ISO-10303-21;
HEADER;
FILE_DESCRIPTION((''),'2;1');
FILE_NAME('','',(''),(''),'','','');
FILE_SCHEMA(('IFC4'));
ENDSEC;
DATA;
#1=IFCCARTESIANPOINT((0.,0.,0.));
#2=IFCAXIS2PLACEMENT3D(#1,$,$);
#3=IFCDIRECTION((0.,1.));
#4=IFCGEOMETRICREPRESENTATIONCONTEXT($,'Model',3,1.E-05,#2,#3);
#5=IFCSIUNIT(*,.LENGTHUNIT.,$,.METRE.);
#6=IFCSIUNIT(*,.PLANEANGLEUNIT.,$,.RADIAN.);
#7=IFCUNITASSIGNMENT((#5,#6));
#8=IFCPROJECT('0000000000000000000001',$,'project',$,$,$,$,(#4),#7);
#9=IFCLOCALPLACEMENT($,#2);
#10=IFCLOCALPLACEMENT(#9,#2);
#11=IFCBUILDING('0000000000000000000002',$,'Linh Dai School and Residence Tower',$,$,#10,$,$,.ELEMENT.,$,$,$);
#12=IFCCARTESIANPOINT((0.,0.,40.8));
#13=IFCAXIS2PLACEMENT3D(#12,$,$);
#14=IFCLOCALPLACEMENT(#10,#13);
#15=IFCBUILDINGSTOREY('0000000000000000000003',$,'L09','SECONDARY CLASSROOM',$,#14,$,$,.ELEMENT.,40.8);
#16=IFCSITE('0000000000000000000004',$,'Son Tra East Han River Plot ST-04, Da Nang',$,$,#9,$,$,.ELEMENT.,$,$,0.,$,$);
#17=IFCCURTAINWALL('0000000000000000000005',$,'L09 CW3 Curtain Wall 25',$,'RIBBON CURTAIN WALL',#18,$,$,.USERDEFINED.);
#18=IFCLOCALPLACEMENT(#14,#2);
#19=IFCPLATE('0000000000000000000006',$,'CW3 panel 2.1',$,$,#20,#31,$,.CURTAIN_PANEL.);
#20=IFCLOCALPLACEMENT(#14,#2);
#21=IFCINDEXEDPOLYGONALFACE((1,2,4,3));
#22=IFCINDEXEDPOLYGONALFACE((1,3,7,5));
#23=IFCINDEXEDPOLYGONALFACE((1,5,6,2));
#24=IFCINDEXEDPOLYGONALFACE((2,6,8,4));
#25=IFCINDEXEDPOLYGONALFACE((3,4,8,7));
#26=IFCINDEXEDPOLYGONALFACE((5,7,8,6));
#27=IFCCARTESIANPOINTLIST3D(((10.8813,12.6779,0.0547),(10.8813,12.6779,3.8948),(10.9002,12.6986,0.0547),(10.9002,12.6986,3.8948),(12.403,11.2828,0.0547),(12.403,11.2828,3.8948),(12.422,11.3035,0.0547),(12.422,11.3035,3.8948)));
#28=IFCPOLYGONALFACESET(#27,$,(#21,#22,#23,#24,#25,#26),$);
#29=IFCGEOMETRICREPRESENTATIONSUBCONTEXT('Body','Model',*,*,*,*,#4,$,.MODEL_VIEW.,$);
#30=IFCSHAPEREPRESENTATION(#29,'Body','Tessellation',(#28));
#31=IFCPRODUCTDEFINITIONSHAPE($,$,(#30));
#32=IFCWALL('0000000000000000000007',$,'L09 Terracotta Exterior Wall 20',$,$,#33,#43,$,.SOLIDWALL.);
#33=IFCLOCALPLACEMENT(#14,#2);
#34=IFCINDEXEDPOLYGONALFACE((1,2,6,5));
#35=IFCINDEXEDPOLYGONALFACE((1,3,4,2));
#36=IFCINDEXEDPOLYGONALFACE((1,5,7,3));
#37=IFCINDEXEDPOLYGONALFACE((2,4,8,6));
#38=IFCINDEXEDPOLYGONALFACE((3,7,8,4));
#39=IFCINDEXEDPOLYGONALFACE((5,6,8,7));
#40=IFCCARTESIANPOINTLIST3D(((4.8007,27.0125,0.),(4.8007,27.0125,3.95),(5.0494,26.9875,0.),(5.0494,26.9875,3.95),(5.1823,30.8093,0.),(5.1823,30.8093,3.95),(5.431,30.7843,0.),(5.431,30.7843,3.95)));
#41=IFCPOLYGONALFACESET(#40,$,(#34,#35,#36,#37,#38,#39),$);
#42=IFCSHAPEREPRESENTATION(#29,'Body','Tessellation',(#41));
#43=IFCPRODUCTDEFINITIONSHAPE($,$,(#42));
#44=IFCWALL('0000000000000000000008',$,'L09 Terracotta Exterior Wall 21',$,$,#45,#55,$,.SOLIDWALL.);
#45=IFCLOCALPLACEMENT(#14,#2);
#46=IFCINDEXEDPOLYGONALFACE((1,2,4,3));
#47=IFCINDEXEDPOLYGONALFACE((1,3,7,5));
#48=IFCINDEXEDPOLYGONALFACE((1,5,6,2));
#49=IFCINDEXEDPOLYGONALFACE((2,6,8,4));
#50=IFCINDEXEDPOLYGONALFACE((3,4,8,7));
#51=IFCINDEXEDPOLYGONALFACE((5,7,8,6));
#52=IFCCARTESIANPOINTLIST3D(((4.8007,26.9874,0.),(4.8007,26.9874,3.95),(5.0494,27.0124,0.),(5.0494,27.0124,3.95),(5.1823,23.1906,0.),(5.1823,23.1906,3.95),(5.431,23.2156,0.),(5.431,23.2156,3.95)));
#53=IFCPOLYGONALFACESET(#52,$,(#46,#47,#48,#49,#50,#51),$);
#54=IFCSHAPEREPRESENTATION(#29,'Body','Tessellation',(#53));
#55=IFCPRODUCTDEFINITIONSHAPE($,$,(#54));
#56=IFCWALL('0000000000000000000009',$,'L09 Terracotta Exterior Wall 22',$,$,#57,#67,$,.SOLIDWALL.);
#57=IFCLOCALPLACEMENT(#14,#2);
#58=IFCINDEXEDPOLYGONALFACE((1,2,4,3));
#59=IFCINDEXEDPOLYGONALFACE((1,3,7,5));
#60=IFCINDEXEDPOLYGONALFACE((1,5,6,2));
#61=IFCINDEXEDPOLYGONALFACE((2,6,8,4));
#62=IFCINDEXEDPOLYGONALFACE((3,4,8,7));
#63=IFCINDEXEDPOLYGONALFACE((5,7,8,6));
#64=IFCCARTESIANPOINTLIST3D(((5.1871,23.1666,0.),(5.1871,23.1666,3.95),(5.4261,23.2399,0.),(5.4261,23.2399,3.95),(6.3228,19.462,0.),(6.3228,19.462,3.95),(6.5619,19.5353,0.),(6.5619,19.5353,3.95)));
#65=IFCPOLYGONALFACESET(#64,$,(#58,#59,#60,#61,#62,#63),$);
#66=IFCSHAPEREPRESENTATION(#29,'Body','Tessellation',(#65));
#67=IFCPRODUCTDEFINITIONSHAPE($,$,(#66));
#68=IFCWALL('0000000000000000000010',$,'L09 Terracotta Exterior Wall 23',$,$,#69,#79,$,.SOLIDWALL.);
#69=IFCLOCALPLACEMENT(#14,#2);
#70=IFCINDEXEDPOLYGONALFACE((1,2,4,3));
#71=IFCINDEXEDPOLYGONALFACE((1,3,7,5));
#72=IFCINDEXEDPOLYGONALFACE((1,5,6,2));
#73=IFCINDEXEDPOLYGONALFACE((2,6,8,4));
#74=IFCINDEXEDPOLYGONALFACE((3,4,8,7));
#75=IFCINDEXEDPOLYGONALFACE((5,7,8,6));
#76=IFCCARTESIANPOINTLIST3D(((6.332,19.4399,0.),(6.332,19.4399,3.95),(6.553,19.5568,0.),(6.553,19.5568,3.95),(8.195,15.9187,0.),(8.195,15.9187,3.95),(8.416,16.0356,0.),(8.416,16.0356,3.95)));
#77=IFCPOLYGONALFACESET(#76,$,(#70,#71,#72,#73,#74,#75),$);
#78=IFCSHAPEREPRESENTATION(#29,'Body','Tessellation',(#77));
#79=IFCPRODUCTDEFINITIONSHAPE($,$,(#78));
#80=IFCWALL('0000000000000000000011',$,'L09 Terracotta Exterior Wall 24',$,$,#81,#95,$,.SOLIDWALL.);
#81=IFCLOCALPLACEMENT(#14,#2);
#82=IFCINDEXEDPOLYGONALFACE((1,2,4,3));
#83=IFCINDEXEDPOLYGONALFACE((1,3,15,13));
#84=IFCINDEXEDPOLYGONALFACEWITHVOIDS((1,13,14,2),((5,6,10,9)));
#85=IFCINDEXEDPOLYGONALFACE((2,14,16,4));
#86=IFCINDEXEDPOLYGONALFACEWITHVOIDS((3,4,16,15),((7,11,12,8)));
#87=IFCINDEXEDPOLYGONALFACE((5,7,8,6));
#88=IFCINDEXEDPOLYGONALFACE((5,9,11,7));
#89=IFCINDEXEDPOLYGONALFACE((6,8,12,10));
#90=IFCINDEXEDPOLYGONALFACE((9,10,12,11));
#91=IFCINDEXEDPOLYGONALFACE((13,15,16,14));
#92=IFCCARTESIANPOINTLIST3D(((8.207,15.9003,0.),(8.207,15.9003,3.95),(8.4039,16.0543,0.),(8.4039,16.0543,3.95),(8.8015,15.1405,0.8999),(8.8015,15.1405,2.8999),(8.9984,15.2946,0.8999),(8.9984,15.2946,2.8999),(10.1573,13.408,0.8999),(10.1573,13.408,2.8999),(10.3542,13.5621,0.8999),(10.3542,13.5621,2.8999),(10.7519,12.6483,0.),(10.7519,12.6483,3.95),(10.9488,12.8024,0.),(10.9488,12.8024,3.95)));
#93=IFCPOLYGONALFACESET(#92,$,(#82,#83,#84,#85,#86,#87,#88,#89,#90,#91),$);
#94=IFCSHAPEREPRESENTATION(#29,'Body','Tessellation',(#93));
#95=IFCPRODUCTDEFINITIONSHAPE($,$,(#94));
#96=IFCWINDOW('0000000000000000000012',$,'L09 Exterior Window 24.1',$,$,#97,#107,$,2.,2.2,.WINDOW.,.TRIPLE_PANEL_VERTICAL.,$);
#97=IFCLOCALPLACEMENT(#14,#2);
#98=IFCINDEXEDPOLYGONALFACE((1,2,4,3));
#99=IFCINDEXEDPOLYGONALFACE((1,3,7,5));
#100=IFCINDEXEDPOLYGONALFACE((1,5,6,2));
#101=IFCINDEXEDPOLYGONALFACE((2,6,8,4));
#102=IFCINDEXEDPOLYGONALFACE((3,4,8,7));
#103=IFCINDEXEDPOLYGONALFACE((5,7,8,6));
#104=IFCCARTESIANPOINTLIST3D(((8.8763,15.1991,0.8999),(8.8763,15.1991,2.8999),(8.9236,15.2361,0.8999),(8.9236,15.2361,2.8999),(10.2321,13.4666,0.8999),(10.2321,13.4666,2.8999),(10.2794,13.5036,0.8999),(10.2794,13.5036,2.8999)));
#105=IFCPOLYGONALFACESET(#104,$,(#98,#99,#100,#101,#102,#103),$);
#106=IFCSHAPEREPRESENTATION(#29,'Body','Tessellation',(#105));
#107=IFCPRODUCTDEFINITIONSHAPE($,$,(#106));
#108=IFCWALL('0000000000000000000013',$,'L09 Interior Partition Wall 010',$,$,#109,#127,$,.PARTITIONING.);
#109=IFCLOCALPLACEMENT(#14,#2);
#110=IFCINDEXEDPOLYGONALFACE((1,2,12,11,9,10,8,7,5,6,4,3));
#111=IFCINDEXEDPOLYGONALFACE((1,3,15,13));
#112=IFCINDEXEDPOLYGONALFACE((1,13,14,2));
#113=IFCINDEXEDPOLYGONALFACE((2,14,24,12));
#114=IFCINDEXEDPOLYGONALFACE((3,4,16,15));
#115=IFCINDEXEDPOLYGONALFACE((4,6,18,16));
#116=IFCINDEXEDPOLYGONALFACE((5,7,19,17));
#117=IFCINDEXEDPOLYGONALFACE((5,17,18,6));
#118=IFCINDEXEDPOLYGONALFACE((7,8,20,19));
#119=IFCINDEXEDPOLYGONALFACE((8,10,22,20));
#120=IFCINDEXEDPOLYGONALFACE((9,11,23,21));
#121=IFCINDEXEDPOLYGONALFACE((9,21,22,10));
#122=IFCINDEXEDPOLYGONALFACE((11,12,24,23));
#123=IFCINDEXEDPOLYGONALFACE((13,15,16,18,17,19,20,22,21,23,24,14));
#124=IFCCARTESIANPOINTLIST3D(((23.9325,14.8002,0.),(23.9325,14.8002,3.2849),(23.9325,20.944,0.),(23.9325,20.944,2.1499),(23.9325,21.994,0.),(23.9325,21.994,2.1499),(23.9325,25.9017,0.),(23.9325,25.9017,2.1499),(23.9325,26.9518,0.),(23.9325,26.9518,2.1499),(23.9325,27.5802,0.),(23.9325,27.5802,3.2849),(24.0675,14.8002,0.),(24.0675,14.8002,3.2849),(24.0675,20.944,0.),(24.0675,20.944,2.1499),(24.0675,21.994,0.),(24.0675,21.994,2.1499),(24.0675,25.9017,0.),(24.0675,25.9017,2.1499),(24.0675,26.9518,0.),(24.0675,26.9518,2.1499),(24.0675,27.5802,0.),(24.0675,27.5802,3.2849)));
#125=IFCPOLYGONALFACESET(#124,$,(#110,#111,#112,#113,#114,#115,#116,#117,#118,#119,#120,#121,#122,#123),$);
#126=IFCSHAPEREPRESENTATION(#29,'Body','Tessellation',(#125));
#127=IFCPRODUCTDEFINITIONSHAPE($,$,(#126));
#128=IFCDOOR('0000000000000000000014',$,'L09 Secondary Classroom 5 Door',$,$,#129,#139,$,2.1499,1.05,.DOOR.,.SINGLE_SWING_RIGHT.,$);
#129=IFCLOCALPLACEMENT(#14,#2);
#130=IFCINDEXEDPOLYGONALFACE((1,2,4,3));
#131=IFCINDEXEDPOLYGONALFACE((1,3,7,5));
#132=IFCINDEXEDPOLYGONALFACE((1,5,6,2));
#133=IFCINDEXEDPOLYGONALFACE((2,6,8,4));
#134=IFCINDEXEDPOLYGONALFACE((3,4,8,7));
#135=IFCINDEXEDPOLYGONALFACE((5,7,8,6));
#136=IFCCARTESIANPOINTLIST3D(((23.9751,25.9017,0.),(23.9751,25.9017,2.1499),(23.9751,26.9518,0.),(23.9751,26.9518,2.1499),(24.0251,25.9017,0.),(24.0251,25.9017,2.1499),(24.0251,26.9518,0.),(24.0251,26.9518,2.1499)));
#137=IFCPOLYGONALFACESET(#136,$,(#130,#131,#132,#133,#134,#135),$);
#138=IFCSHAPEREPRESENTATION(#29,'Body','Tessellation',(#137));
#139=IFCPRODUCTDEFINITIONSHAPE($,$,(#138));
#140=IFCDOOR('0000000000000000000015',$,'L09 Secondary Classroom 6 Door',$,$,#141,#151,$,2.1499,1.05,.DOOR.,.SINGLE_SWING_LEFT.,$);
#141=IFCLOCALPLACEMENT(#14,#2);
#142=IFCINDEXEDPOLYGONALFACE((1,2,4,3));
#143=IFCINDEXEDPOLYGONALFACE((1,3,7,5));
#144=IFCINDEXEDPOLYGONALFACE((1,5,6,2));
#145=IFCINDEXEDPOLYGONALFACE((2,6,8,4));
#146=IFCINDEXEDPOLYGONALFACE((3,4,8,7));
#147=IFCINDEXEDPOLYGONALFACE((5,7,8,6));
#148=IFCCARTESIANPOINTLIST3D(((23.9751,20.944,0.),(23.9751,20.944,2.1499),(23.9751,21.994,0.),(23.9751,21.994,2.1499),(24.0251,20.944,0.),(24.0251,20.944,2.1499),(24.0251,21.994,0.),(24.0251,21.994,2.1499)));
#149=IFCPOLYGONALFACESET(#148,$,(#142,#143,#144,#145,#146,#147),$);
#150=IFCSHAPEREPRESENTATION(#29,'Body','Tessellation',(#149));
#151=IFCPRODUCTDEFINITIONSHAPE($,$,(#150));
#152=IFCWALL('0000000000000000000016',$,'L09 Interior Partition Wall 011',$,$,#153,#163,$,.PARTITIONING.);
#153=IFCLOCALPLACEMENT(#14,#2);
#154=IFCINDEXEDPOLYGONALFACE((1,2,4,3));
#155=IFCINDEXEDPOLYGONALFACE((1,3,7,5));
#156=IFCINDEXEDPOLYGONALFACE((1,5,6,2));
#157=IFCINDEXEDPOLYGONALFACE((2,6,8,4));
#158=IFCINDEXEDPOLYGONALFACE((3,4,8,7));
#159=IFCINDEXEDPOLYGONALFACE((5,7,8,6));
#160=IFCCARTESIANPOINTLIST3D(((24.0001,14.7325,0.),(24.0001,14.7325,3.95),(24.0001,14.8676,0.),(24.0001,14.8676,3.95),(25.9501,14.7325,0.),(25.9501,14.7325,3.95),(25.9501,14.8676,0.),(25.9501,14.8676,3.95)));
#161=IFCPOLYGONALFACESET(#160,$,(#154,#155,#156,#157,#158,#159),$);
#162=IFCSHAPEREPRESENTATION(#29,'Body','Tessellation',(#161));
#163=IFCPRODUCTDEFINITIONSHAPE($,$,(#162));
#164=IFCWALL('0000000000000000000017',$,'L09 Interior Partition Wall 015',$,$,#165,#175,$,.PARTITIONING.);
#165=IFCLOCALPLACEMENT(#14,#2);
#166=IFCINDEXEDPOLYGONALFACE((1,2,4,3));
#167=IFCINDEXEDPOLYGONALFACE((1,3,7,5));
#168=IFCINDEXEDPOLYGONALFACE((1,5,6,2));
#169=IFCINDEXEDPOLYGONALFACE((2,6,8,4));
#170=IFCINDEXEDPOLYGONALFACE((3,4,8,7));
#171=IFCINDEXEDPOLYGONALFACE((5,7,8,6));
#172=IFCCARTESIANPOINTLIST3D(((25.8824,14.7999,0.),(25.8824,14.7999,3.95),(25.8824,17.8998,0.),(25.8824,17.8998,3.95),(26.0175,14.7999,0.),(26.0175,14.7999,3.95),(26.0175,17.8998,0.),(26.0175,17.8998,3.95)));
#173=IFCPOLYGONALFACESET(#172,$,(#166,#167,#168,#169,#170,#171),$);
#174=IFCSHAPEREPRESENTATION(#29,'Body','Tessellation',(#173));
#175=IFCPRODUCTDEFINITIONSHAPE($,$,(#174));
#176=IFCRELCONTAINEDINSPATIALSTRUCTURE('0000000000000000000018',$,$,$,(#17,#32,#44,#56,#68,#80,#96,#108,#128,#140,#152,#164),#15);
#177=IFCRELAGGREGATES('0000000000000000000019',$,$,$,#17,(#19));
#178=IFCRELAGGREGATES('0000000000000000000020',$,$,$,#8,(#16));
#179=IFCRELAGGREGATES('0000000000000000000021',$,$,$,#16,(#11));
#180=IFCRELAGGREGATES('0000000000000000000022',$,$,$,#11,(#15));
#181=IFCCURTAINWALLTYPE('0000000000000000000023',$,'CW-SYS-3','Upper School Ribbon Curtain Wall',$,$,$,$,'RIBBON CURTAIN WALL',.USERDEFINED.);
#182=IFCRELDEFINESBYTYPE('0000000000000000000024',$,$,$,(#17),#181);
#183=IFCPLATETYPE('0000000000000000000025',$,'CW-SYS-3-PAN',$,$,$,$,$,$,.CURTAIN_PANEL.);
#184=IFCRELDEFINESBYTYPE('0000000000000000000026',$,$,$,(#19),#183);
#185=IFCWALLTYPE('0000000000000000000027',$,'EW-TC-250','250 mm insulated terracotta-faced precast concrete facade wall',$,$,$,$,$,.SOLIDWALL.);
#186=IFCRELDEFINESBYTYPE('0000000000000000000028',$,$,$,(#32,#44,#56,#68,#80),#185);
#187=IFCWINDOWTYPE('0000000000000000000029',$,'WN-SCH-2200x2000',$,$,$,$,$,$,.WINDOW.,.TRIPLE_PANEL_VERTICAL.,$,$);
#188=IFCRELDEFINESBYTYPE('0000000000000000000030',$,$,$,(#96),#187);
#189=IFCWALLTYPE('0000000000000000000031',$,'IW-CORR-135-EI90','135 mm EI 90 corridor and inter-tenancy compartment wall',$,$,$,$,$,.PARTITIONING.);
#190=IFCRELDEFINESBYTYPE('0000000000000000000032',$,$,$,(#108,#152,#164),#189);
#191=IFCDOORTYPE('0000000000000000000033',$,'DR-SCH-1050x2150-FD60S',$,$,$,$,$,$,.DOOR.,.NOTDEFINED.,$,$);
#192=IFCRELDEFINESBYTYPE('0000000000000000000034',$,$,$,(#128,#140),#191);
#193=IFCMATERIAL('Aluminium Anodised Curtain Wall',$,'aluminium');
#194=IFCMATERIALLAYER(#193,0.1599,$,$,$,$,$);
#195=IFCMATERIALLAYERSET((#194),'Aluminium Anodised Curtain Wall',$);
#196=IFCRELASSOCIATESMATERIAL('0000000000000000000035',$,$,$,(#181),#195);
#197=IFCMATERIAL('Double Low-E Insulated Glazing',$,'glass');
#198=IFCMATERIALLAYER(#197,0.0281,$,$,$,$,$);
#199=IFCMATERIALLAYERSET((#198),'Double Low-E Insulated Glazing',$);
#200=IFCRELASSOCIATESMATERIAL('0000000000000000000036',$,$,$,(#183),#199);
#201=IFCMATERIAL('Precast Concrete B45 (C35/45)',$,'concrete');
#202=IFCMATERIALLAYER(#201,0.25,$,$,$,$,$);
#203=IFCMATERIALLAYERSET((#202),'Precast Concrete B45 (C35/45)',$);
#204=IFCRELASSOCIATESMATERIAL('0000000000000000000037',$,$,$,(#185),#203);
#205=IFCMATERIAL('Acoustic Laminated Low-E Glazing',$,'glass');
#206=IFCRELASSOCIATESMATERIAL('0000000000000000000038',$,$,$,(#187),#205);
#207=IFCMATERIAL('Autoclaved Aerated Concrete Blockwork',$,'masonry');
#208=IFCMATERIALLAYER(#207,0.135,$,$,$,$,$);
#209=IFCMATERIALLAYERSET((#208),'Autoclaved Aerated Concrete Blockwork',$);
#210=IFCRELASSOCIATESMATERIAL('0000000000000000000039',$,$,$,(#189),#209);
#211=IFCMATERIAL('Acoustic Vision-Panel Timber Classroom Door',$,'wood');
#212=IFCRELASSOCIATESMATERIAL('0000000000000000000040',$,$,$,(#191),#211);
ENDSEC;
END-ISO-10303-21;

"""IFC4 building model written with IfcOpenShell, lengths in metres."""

from ifc_helpers import new_model, si_unit, direction, frame, frame_2d, origin, origin_2d, place, context, subcontext, project, spatial, rectangle, extrude, source, transform, mapped, material, layer, layer_set, type_object, element, fill, aggregate, save


model = new_model("IFC4")

# Units and contexts
model_context = context("Model", 3, precision=1e-05, world=origin(), true_north=direction((0.0, 1.0)))
body_context = subcontext(model_context, "Body", "Model", "MODEL_VIEW")
ifc_project = project(units=[si_unit("LENGTHUNIT", "METRE"), si_unit("PLANEANGLEUNIT", "RADIAN")], contexts=[model_context])

# Site, building, storey
site_placement = place(None, origin())
site = spatial("IfcSite", under=ifc_project, at=site_placement, Name="Son Tra East Han River Plot ST-04, Da Nang", CompositionType="ELEMENT", RefElevation=0.0)
building_placement = place(site_placement, origin())
building = spatial("IfcBuilding", under=site, at=building_placement, Name="Linh Dai School and Residence Tower", CompositionType="ELEMENT")
storey_placement = place(building_placement, frame((0.0, 0.0, 40.8)))
storey = spatial("IfcBuildingStorey", under=building, at=storey_placement, Name="L09", Description="SECONDARY CLASSROOM", CompositionType="ELEMENT", Elevation=40.8)

# Curtain wall
ifc_material_1 = material(Name="Aluminium Anodised Curtain Wall", Category="aluminium")
ifc_layer_1 = layer(ifc_material_1, 0.1599)
ifc_layer_set_1 = layer_set([ifc_layer_1], Name="Aluminium Anodised Curtain Wall")
curtain_wall_type = type_object("IfcCurtainWallType", Name="CW-SYS-3", Description="Upper School Ribbon Curtain Wall", ElementType="RIBBON CURTAIN WALL", PredefinedType="USERDEFINED", material=ifc_layer_set_1)
curtain_wall_placement = place(storey_placement, origin())
curtain_wall = element("IfcCurtainWall", 1, at=curtain_wall_placement, inside=storey, type_object=curtain_wall_type, Name="L09 CW3 Curtain Wall 25", ObjectType="RIBBON CURTAIN WALL", PredefinedType="USERDEFINED")

# Plate
ifc_material_2 = material(Name="Precast Concrete B45 (C35/45)", Category="concrete")
ifc_material_3 = material(Name="Double Low-E Insulated Glazing", Category="glass")
ifc_layer_2 = layer(ifc_material_3, 0.0281)
ifc_layer_set_2 = layer_set([ifc_layer_2], Name="Double Low-E Insulated Glazing")
plate_type_1 = type_object("IfcPlateType", Name="CW-SYS-3-PAN", PredefinedType="CURTAIN_PANEL", material=ifc_layer_set_2)
shared_shape_1 = source(origin(), body_context, "Body", "SweptSolid", [
    extrude(rectangle(XDim=2.0645, YDim=0.0281, at=origin_2d()), origin(), (0.0, 0.0, 1.0), 3.8401),
])
plate_1_placement = place(storey_placement, frame((11.6516, 11.9907, 0.0547), z_axis=(0.0, 0.0, 1.0), x_axis=(-0.737113, 0.675769, 0.0)))
plate_1 = element("IfcPlate", 2, at=plate_1_placement, type_object=plate_type_1, Name="CW3 panel 2.1", PredefinedType="CURTAIN_PANEL", context=body_context, shape_type="MappedRepresentation", body=[
    mapped(shared_shape_1, transform((0.0, 0.0, 0.0), x_axis=(1.0, 0.0, 0.0), y_axis=(0.0, 1.0, 0.0), z_axis=(0.0, 0.0, 1.0), scale=1.0)),
])
aggregate(curtain_wall, [plate_1])

# Walls
ifc_layer_3 = layer(ifc_material_2, 0.25)
ifc_layer_set_3 = layer_set([ifc_layer_3], Name="Precast Concrete B45 (C35/45)")
wall_type_1 = type_object("IfcWallType", Name="EW-TC-250", Description="250 mm insulated terracotta-faced precast concrete facade wall", PredefinedType="SOLIDWALL", material=ifc_layer_set_3)
for number, where, z_axis, x_axis, name in (
    (3, (4.925, 27.0, 0.0), (0.0, 0.0, 1.0), (0.099998, 0.994988, 0.0), "L09 Terracotta Exterior Wall 20"),
    (4, (5.3066, 23.2031, 0.0), (0.0, 0.0, 1.0), (-0.099998, 0.994988, 0.0), "L09 Terracotta Exterior Wall 21"),
):
    element("IfcWall", number, at=place(storey_placement, frame(where, z_axis=z_axis, x_axis=x_axis)), inside=storey, type_object=wall_type_1, Name=name, PredefinedType="SOLIDWALL", context=body_context, shape_type="SweptSolid", body=[
        extrude(rectangle(XDim=3.8159, YDim=0.25, at=frame_2d((1.908, 0.0))), origin(), (0.0, 0.0, 1.0), 3.95),
    ])
wall_1_placement = place(storey_placement, frame((6.4424, 19.4985, 0.0), z_axis=(0.0, 0.0, 1.0), x_axis=(-0.293112, 0.956078, 0.0)))
element("IfcWall", 5, at=wall_1_placement, inside=storey, type_object=wall_type_1, Name="L09 Terracotta Exterior Wall 22", PredefinedType="SOLIDWALL", context=body_context, shape_type="SweptSolid", body=[
    extrude(rectangle(XDim=3.8748, YDim=0.25, at=frame_2d((1.9375, 0.0))), origin(), (0.0, 0.0, 1.0), 3.95),
])
wall_2_placement = place(storey_placement, frame((8.3054, 15.9773, 0.0), z_axis=(0.0, 0.0, 1.0), x_axis=(-0.467662, 0.883907, 0.0)))
element("IfcWall", 6, at=wall_2_placement, inside=storey, type_object=wall_type_1, Name="L09 Terracotta Exterior Wall 23", PredefinedType="SOLIDWALL", context=body_context, shape_type="SweptSolid", body=[
    extrude(rectangle(XDim=3.9836, YDim=0.25, at=frame_2d((1.9917, 0.0))), origin(), (0.0, 0.0, 1.0), 3.95),
])

# Wall, opening, window
wall_3_placement = place(storey_placement, frame((10.8503, 12.7253, 0.0), z_axis=(0.0, 0.0, 1.0), x_axis=(-0.616296, 0.787515, 0.0)))
wall_3 = element("IfcWall", 7, at=wall_3_placement, inside=storey, type_object=wall_type_1, Name="L09 Terracotta Exterior Wall 24", PredefinedType="SOLIDWALL", context=body_context, shape_type="SweptSolid", body=[
    extrude(rectangle(XDim=4.1294, YDim=0.25, at=frame_2d((2.0647, 0.0))), origin(), (0.0, 0.0, 1.0), 3.95),
])
opening_1_placement = place(wall_3_placement, frame((0.9646, 0.0, 0.8999)))
opening_1 = element("IfcOpeningElement", 8, at=opening_1_placement, cuts=wall_3, PredefinedType="OPENING", context=body_context, shape_type="SweptSolid", body=[
    extrude(rectangle(XDim=2.2, YDim=2.0, at=origin_2d()), frame((1.1001, 0.135, 1.0), z_axis=(0.0, -1.0, 0.0), x_axis=(1.0, 0.0, 0.0)), (0.0, 0.0, 1.0), 0.27),
])
ifc_material_4 = material(Name="Acoustic Laminated Low-E Glazing", Category="glass")
window_type = type_object("IfcWindowType", Name="WN-SCH-2200x2000", PartitioningType="TRIPLE_PANEL_VERTICAL", PredefinedType="WINDOW", material=ifc_material_4)
shared_shape_2 = source(origin(), body_context, "Body", "SweptSolid", [
    extrude(rectangle(XDim=2.2, YDim=2.0, at=origin_2d()), frame((1.1001, 0.03, 1.0), z_axis=(0.0, -1.0, 0.0), x_axis=(1.0, 0.0, 0.0)), (0.0, 0.0, 1.0), 0.0601),
])
window_placement = place(opening_1_placement, origin())
window = element("IfcWindow", 9, at=window_placement, inside=storey, type_object=window_type, Name="L09 Exterior Window 24.1", OverallHeight=2.0, OverallWidth=2.2, PartitioningType="TRIPLE_PANEL_VERTICAL", PredefinedType="WINDOW", context=body_context, shape_type="MappedRepresentation", body=[
    mapped(shared_shape_2, transform((0.0, 0.0, 0.0), x_axis=(1.0, 0.0, 0.0), y_axis=(0.0, 1.0, 0.0), z_axis=(0.0, 0.0, 1.0), scale=1.0)),
])
fill(opening_1, window)

# Wall, openings, doors
ifc_material_5 = material(Name="Autoclaved Aerated Concrete Blockwork", Category="masonry")
ifc_layer_4 = layer(ifc_material_5, 0.135)
ifc_layer_set_4 = layer_set([ifc_layer_4], Name="Autoclaved Aerated Concrete Blockwork")
wall_type_2 = type_object("IfcWallType", Name="IW-CORR-135-EI90", Description="135 mm EI 90 corridor and inter-tenancy compartment wall", PredefinedType="PARTITIONING", material=ifc_layer_set_4)
wall_4_placement = place(storey_placement, frame((24.0, 14.8, 0.0), z_axis=(0.0, 0.0, 1.0), x_axis=(0.0, 1.0, 0.0)))
wall_4 = element("IfcWall", 10, at=wall_4_placement, inside=storey, type_object=wall_type_2, Name="L09 Interior Partition Wall 010", PredefinedType="PARTITIONING", context=body_context, shape_type="SweptSolid", body=[
    extrude(rectangle(XDim=12.78, YDim=0.135, at=frame_2d((6.3901, 0.0))), origin(), (0.0, 0.0, 1.0), 3.2849),
])
opening_2_placement = place(wall_4_placement, frame((11.1018, 0.0, 0.0)))
opening_2 = element("IfcOpeningElement", 11, at=opening_2_placement, cuts=wall_4, PredefinedType="OPENING", context=body_context, shape_type="SweptSolid", body=[
    extrude(rectangle(XDim=1.05, YDim=2.1499, at=origin_2d()), frame((0.5249, 0.0776, 1.075), z_axis=(0.0, -1.0, 0.0), x_axis=(1.0, 0.0, 0.0)), (0.0, 0.0, 1.0), 0.155),
])
opening_3_placement = place(wall_4_placement, frame((6.144, 0.0, 0.0)))
opening_3 = element("IfcOpeningElement", 12, at=opening_3_placement, cuts=wall_4, PredefinedType="OPENING", context=body_context, shape_type="SweptSolid", body=[
    extrude(rectangle(XDim=1.05, YDim=2.1499, at=origin_2d()), frame((0.5249, 0.0776, 1.075), z_axis=(0.0, -1.0, 0.0), x_axis=(1.0, 0.0, 0.0)), (0.0, 0.0, 1.0), 0.155),
])
ifc_material_6 = material(Name="Acoustic Vision-Panel Timber Classroom Door", Category="wood")
door_type = type_object("IfcDoorType", Name="DR-SCH-1050x2150-FD60S", OperationType="NOTDEFINED", PredefinedType="DOOR", material=ifc_material_6)
shared_shape_3 = source(origin(), body_context, "Body", "SweptSolid", [
    extrude(rectangle(XDim=1.05, YDim=2.1499, at=origin_2d()), frame((0.5249, 0.0249, 1.075), z_axis=(0.0, -1.0, 0.0), x_axis=(1.0, 0.0, 0.0)), (0.0, 0.0, 1.0), 0.05),
])
door_1_placement = place(opening_2_placement, origin())
door_1 = element("IfcDoor", 13, at=door_1_placement, inside=storey, type_object=door_type, Name="L09 Secondary Classroom 5 Door", OperationType="SINGLE_SWING_RIGHT", OverallHeight=2.1499, OverallWidth=1.05, PredefinedType="DOOR", context=body_context, shape_type="MappedRepresentation", body=[
    mapped(shared_shape_3, transform((0.0, 0.0, 0.0), x_axis=(1.0, 0.0, 0.0), y_axis=(0.0, 1.0, 0.0), z_axis=(0.0, 0.0, 1.0), scale=1.0)),
])
fill(opening_2, door_1)
door_2_placement = place(opening_3_placement, origin())
door_2 = element("IfcDoor", 14, at=door_2_placement, inside=storey, type_object=door_type, Name="L09 Secondary Classroom 6 Door", OperationType="SINGLE_SWING_LEFT", OverallHeight=2.1499, OverallWidth=1.05, PredefinedType="DOOR", context=body_context, shape_type="MappedRepresentation", body=[
    mapped(shared_shape_3, transform((0.0, 0.0, 0.0), x_axis=(1.0, 0.0, 0.0), y_axis=(0.0, 1.0, 0.0), z_axis=(0.0, 0.0, 1.0), scale=1.0)),
])
fill(opening_3, door_2)

# Walls
wall_5_placement = place(storey_placement, frame((24.0, 14.8, 0.0), z_axis=(0.0, 0.0, 1.0), x_axis=(1.0, 0.0, 0.0)))
element("IfcWall", 15, at=wall_5_placement, inside=storey, type_object=wall_type_2, Name="L09 Interior Partition Wall 011", PredefinedType="PARTITIONING", context=body_context, shape_type="SweptSolid", body=[
    extrude(rectangle(XDim=1.95, YDim=0.135, at=frame_2d((0.9751, 0.0))), origin(), (0.0, 0.0, 1.0), 3.95),
])
wall_6_placement = place(storey_placement, frame((25.95, 14.8, 0.0), z_axis=(0.0, 0.0, 1.0), x_axis=(0.0, 1.0, 0.0)))
element("IfcWall", 16, at=wall_6_placement, inside=storey, type_object=wall_type_2, Name="L09 Interior Partition Wall 015", PredefinedType="PARTITIONING", context=body_context, shape_type="SweptSolid", body=[
    extrude(rectangle(XDim=3.0999, YDim=0.135, at=frame_2d((1.5498, 0.0))), origin(), (0.0, 0.0, 1.0), 3.95),
])

save(model, "model.ifc")
